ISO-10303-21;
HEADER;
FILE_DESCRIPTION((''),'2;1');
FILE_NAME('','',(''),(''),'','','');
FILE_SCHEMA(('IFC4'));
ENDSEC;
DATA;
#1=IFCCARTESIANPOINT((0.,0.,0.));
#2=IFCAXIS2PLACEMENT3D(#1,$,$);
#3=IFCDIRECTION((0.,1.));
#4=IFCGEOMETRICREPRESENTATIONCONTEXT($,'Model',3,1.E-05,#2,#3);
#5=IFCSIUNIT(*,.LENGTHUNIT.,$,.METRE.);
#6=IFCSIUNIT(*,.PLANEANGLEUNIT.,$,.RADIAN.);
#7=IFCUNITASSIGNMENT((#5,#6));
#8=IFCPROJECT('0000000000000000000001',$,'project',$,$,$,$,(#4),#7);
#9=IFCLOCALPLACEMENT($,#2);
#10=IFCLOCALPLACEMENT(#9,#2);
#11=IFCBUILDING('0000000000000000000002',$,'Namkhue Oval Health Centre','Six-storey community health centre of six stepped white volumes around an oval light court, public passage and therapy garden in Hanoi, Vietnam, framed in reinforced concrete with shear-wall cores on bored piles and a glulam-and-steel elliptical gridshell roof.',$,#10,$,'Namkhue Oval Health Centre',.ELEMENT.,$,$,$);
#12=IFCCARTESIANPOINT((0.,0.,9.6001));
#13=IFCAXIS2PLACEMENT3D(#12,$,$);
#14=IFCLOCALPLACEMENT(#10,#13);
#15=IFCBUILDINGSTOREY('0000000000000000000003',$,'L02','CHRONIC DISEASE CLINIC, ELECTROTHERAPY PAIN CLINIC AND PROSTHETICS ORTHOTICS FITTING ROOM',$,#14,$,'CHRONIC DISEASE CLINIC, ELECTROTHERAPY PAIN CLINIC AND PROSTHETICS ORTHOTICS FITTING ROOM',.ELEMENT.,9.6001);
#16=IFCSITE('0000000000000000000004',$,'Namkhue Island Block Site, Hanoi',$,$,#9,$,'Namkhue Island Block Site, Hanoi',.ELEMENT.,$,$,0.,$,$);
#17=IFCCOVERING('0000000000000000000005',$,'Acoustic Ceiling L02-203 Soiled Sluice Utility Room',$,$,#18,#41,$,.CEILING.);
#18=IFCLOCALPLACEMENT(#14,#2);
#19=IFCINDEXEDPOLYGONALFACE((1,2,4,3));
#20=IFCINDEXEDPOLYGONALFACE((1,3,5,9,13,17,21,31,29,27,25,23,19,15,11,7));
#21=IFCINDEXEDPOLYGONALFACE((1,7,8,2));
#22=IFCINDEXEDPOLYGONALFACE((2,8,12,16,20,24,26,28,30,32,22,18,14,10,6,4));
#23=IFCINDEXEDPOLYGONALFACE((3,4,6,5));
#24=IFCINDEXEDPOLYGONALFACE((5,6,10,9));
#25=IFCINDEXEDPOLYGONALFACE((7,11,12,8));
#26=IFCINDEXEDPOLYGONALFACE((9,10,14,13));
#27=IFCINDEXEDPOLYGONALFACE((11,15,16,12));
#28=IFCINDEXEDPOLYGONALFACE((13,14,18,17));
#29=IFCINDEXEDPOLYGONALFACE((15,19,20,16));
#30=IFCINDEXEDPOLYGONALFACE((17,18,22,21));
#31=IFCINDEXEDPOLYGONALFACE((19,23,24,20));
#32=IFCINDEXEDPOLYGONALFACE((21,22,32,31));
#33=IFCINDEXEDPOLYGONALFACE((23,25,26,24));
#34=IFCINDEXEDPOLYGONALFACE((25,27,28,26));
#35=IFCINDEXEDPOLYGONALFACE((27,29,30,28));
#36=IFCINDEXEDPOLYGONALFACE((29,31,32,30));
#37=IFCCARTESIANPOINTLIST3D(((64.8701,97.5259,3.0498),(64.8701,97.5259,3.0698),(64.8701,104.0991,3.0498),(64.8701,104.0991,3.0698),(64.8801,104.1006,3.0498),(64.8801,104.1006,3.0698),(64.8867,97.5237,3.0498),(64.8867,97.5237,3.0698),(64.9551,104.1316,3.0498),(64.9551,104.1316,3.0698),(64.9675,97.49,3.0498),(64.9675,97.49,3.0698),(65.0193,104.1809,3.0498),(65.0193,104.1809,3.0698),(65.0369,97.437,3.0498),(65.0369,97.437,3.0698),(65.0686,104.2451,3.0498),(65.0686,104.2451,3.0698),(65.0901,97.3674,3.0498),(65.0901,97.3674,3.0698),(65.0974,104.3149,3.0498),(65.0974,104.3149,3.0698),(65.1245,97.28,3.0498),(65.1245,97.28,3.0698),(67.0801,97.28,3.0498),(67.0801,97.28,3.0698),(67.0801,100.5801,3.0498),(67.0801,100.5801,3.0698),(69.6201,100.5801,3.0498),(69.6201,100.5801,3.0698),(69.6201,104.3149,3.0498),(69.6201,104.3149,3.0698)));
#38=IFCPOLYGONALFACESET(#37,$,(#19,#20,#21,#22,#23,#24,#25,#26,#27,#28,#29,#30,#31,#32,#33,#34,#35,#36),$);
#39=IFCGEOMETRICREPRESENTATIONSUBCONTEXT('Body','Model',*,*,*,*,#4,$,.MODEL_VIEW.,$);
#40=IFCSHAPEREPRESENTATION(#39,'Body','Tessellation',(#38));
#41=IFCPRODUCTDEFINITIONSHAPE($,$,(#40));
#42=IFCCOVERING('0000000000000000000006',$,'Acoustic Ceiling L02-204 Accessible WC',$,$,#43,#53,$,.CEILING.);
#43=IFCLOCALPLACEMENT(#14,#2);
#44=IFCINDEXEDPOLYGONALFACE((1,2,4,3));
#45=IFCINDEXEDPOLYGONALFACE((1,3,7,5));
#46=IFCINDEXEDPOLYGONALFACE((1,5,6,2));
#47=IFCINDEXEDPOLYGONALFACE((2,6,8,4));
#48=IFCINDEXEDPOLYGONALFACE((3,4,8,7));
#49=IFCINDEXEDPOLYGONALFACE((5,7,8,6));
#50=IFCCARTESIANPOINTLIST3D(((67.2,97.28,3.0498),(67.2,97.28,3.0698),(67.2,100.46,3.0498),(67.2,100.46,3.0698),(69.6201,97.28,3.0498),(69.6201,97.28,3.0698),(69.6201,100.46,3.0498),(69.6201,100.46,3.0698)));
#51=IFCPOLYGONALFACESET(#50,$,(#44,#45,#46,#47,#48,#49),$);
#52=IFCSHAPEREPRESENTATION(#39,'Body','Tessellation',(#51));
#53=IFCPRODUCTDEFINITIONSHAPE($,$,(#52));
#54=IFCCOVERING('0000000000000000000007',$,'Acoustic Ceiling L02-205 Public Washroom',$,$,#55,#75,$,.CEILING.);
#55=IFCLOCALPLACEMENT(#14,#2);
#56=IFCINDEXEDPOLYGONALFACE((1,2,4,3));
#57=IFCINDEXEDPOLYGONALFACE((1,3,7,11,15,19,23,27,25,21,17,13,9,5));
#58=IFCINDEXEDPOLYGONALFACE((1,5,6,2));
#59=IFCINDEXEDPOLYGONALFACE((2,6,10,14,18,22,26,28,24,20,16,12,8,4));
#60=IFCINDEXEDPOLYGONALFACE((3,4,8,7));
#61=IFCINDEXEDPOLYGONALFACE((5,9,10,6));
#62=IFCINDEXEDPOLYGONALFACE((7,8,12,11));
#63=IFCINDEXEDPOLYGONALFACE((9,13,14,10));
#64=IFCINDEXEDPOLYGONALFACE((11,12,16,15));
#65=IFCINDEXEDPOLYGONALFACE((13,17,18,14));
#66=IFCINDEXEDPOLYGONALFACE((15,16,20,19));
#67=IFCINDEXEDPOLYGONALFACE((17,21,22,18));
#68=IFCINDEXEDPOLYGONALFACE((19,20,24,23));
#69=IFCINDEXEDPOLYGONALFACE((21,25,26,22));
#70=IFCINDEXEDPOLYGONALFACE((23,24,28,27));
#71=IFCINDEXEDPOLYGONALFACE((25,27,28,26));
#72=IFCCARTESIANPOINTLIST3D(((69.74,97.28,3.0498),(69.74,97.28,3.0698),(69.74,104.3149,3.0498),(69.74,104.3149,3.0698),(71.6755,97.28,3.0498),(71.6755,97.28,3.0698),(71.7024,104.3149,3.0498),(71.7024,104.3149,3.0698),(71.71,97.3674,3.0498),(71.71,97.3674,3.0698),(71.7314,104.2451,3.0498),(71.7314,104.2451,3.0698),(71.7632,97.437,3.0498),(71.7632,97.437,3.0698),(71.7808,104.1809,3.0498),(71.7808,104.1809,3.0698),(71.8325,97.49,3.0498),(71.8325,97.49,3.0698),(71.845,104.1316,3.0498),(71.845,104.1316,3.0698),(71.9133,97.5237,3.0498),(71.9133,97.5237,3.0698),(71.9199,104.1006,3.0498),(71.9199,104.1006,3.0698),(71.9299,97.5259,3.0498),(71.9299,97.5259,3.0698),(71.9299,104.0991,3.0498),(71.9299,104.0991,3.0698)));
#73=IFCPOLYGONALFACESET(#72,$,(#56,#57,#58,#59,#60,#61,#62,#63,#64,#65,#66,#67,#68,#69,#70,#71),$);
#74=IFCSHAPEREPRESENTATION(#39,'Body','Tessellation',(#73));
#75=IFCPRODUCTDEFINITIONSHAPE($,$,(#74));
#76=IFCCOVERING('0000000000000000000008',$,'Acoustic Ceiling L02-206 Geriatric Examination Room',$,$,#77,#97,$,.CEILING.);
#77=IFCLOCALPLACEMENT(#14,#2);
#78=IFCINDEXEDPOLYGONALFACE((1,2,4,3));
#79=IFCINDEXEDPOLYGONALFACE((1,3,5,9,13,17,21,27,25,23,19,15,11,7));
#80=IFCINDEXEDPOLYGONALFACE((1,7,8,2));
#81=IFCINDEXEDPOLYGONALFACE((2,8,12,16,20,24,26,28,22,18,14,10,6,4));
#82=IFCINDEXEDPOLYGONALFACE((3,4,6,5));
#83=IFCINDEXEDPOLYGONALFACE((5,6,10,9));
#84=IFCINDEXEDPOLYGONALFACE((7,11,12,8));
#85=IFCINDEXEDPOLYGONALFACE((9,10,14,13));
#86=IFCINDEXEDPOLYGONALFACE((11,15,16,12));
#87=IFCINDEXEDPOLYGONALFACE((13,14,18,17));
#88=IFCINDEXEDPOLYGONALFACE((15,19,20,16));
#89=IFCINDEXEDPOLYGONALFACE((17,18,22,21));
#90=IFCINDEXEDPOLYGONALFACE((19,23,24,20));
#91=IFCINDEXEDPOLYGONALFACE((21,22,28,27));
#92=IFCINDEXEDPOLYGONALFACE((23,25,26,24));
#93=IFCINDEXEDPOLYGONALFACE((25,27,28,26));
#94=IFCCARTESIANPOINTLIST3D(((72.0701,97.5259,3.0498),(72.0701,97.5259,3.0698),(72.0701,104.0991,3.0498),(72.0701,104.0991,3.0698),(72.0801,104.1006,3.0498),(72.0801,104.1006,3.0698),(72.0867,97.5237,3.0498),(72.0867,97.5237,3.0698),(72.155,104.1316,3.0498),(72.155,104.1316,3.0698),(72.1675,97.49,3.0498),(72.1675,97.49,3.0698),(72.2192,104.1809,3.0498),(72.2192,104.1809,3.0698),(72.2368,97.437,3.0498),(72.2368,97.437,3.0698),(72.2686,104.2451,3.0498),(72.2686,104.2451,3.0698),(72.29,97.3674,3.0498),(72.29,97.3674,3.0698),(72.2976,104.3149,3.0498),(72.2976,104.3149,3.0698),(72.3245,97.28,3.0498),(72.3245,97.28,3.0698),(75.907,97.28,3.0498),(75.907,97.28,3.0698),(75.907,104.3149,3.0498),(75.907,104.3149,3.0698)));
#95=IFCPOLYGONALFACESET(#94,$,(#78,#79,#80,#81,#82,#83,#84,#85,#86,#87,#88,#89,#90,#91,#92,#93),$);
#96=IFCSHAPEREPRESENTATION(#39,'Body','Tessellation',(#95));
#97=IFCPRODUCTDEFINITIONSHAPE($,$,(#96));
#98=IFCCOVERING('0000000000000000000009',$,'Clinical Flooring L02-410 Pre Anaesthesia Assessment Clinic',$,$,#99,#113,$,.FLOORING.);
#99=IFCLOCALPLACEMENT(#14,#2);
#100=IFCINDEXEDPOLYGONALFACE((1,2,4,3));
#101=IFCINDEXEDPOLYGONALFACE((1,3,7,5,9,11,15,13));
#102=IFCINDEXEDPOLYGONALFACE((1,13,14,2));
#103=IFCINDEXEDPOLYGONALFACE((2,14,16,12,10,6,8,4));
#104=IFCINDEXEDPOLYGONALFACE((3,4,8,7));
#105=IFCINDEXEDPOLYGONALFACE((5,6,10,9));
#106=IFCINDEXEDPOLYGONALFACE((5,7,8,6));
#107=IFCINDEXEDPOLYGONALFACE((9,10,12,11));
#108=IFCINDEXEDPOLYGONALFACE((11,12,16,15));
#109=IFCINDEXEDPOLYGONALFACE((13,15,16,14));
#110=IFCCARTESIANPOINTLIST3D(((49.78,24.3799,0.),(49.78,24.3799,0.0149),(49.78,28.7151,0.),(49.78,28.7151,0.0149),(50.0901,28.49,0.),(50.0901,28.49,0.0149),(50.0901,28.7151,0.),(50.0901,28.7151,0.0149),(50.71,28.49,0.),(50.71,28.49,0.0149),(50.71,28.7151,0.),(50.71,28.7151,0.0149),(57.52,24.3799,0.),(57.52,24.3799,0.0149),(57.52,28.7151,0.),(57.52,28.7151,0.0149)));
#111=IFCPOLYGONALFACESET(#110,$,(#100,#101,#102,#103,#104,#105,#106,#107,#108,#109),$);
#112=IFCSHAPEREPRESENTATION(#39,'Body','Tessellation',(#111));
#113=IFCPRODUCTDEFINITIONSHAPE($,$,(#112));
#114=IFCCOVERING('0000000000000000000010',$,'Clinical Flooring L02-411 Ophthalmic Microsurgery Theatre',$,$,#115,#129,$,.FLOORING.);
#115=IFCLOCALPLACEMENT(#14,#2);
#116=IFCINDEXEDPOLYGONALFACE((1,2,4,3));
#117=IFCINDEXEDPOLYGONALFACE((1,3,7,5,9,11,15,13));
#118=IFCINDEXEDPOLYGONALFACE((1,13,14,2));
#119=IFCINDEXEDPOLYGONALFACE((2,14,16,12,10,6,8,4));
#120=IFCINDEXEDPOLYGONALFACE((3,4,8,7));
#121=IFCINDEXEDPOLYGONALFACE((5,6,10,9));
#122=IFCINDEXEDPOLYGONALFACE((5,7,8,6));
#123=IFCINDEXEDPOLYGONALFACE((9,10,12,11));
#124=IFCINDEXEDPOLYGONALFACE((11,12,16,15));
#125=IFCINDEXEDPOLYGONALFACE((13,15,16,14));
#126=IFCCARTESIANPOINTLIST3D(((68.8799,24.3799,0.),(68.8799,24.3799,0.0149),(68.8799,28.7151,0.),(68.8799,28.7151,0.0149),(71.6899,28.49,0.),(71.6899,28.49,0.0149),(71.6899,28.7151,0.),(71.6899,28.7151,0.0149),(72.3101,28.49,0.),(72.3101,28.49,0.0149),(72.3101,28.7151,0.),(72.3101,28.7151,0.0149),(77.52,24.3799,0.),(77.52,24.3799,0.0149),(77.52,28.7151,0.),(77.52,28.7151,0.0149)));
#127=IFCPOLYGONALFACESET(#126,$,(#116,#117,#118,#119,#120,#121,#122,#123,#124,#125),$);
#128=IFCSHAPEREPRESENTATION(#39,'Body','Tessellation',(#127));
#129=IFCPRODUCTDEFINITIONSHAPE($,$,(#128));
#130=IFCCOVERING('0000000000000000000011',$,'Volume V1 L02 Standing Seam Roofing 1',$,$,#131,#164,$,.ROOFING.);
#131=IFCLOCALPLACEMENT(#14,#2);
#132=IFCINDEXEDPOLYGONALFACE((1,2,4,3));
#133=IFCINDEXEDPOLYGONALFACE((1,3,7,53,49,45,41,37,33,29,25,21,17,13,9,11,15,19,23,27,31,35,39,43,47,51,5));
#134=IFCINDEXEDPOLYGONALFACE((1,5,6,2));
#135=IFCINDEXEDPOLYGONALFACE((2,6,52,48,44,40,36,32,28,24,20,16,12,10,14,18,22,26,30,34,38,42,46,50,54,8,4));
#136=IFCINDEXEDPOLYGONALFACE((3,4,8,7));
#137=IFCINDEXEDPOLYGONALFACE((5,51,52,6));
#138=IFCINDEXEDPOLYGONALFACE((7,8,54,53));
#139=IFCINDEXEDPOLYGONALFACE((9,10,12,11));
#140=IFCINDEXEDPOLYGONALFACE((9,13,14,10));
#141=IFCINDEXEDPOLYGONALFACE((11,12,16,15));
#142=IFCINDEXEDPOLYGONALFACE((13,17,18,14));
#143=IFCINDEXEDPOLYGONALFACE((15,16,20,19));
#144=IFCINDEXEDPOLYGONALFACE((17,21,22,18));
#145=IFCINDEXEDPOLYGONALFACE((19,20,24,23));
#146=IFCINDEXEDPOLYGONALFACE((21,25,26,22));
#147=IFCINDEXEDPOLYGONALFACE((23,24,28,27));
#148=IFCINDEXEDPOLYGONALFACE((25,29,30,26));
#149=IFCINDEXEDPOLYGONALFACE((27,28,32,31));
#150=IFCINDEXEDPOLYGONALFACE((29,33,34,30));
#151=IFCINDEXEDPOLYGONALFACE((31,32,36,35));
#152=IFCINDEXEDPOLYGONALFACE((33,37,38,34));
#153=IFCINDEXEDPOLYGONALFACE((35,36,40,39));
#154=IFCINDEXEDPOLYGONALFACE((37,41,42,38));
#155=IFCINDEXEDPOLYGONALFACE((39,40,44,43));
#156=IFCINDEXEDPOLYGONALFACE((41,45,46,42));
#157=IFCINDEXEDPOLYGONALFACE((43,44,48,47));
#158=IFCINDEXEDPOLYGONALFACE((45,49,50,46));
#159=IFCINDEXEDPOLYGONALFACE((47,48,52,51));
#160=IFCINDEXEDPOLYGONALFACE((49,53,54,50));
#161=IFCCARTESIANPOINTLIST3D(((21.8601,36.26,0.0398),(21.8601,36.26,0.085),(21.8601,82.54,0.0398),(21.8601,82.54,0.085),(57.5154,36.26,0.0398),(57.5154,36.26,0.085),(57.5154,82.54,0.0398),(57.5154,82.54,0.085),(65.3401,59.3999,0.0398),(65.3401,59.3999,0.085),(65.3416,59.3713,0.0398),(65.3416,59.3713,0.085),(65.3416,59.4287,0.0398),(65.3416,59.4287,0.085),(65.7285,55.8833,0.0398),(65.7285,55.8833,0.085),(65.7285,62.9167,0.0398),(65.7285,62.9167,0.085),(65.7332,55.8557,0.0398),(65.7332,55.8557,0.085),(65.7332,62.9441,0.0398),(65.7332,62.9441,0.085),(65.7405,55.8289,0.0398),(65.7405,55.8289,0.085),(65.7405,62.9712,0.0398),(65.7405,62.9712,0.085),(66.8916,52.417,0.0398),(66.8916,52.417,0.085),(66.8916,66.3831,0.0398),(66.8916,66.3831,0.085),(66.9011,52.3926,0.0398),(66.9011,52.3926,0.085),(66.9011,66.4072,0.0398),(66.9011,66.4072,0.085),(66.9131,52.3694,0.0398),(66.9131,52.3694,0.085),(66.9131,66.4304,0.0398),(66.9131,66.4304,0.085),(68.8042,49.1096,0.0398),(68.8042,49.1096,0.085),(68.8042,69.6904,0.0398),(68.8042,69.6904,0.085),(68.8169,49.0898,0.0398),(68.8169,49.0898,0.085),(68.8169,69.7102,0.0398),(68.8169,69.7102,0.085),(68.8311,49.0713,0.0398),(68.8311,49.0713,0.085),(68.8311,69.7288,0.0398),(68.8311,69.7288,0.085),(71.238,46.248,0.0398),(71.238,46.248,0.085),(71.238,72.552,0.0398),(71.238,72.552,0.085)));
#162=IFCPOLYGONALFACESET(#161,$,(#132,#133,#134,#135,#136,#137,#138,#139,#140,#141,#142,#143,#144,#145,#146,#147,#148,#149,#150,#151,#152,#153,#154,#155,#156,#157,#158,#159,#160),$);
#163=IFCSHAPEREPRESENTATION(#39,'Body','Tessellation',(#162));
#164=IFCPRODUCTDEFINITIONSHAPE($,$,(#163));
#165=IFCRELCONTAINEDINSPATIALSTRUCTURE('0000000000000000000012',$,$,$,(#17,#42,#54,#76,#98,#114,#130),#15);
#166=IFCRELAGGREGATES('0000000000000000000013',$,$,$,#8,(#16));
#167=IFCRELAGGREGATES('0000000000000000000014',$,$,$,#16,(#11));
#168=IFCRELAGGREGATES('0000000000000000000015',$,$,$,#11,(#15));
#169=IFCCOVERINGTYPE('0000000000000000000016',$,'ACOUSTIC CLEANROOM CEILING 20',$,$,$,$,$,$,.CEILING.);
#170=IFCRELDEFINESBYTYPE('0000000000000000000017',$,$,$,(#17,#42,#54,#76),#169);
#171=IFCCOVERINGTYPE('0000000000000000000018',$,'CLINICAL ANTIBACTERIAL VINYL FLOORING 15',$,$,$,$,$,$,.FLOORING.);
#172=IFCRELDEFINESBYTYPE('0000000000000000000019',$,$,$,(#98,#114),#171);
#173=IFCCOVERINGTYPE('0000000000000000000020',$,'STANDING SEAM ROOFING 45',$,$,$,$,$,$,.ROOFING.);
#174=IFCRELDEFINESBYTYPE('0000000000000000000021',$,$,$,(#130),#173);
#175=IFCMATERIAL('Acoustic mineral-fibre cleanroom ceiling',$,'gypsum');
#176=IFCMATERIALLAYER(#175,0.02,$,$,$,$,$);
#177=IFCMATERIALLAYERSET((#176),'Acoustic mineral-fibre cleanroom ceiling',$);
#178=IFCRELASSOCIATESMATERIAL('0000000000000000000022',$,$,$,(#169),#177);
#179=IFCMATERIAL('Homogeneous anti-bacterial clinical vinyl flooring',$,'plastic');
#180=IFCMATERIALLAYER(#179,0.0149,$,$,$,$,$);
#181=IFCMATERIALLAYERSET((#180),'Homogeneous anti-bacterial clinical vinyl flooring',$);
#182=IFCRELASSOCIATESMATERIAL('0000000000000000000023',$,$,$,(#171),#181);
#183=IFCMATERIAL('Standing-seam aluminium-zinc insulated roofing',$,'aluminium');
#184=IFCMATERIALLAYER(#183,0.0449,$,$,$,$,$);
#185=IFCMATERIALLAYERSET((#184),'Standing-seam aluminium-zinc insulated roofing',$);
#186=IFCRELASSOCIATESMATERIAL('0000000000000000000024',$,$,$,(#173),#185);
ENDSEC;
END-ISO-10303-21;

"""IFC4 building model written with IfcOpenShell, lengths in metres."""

from ifc_helpers import new_model, si_unit, direction, frame, origin, place, context, subcontext, project, spatial, polyline, outline, extrude, material, layer, layer_set, type_object, element, save


model = new_model("IFC4")

# Units and contexts
model_context = context("Model", 3, precision=1e-05, world=origin(), true_north=direction((0.0, 1.0)))
body_context = subcontext(model_context, "Body", "Model", "MODEL_VIEW")
ifc_project = project(units=[si_unit("LENGTHUNIT", "METRE"), si_unit("PLANEANGLEUNIT", "RADIAN")], contexts=[model_context])

# Site, building, storey
site_placement = place(None, origin())
site = spatial("IfcSite", under=ifc_project, at=site_placement, Name="Namkhue Island Block Site, Hanoi", LongName="Namkhue Island Block Site, Hanoi", CompositionType="ELEMENT", RefElevation=0.0)
building_placement = place(site_placement, origin())
building = spatial("IfcBuilding", under=site, at=building_placement, Name="Namkhue Oval Health Centre", Description="Six-storey community health centre of six stepped white volumes around an oval light court, public passage and therapy garden in Hanoi, Vietnam, framed in reinforced concrete with shear-wall cores on bored piles and a glulam-and-steel elliptical gridshell roof.", LongName="Namkhue Oval Health Centre", CompositionType="ELEMENT")
storey_placement = place(building_placement, frame((0.0, 0.0, 9.6001)))
storey = spatial("IfcBuildingStorey", under=building, at=storey_placement, Name="L02", Description="CHRONIC DISEASE CLINIC, ELECTROTHERAPY PAIN CLINIC AND PROSTHETICS ORTHOTICS FITTING ROOM", LongName="CHRONIC DISEASE CLINIC, ELECTROTHERAPY PAIN CLINIC AND PROSTHETICS ORTHOTICS FITTING ROOM", CompositionType="ELEMENT", Elevation=9.6001)

# Coverings
ifc_material_1 = material(Name="Acoustic mineral-fibre cleanroom ceiling", Category="gypsum")
ifc_layer_1 = layer(ifc_material_1, 0.02)
ifc_layer_set_1 = layer_set([ifc_layer_1], Name="Acoustic mineral-fibre cleanroom ceiling")
covering_type_1 = type_object("IfcCoveringType", Name="ACOUSTIC CLEANROOM CEILING 20", PredefinedType="CEILING", material=ifc_layer_set_1)
covering_1_placement = place(storey_placement, frame((0.0, 0.0, 3.0498)))
element("IfcCovering", 1, at=covering_1_placement, inside=storey, type_object=covering_type_1, Name="Acoustic Ceiling L02-203 Soiled Sluice Utility Room", PredefinedType="CEILING", context=body_context, shape_type="SweptSolid", body=[
    extrude(outline(polyline([(69.6201, 104.3149), (69.6201, 100.5801), (67.0801, 100.5801), (67.0801, 97.28), (65.1245, 97.28), (65.0901, 97.3674), (65.0369, 97.437), (64.9675, 97.49), (64.8867, 97.5237), (64.8701, 97.5259), (64.8701, 104.0991), (64.8801, 104.1006), (64.9551, 104.1316), (65.0193, 104.1809), (65.0686, 104.2451), (65.0974, 104.3149), (69.6201, 104.3149)])), origin(), (0.0, 0.0, 1.0), 0.02),
])
covering_2_placement = place(storey_placement, frame((0.0, 0.0, 3.0498)))
element("IfcCovering", 2, at=covering_2_placement, inside=storey, type_object=covering_type_1, Name="Acoustic Ceiling L02-204 Accessible WC", PredefinedType="CEILING", context=body_context, shape_type="SweptSolid", body=[
    extrude(outline(polyline([(69.6201, 100.46), (69.6201, 97.28), (67.2, 97.28), (67.2, 100.46), (69.6201, 100.46)])), origin(), (0.0, 0.0, 1.0), 0.02),
])
covering_3_placement = place(storey_placement, frame((0.0, 0.0, 3.0498)))
element("IfcCovering", 3, at=covering_3_placement, inside=storey, type_object=covering_type_1, Name="Acoustic Ceiling L02-205 Public Washroom", PredefinedType="CEILING", context=body_context, shape_type="SweptSolid", body=[
    extrude(outline(polyline([(69.74, 97.28), (69.74, 104.3149), (71.7024, 104.3149), (71.7314, 104.2451), (71.7808, 104.1809), (71.845, 104.1316), (71.9199, 104.1006), (71.9299, 104.0991), (71.9299, 97.5259), (71.9133, 97.5237), (71.8325, 97.49), (71.7632, 97.437), (71.71, 97.3674), (71.6755, 97.28), (69.74, 97.28)])), origin(), (0.0, 0.0, 1.0), 0.02),
])
covering_4_placement = place(storey_placement, frame((0.0, 0.0, 3.0498)))
element("IfcCovering", 4, at=covering_4_placement, inside=storey, type_object=covering_type_1, Name="Acoustic Ceiling L02-206 Geriatric Examination Room", PredefinedType="CEILING", context=body_context, shape_type="SweptSolid", body=[
    extrude(outline(polyline([(72.3245, 97.28), (72.29, 97.3674), (72.2368, 97.437), (72.1675, 97.49), (72.0867, 97.5237), (72.0701, 97.5259), (72.0701, 104.0991), (72.0801, 104.1006), (72.155, 104.1316), (72.2192, 104.1809), (72.2686, 104.2451), (72.2976, 104.3149), (75.907, 104.3149), (75.907, 97.28), (72.3245, 97.28)])), origin(), (0.0, 0.0, 1.0), 0.02),
])
ifc_material_2 = material(Name="Homogeneous anti-bacterial clinical vinyl flooring", Category="plastic")
ifc_layer_2 = layer(ifc_material_2, 0.0149)
ifc_layer_set_2 = layer_set([ifc_layer_2], Name="Homogeneous anti-bacterial clinical vinyl flooring")
covering_type_2 = type_object("IfcCoveringType", Name="CLINICAL ANTIBACTERIAL VINYL FLOORING 15", PredefinedType="FLOORING", material=ifc_layer_set_2)
covering_5_placement = place(storey_placement, origin())
element("IfcCovering", 5, at=covering_5_placement, inside=storey, type_object=covering_type_2, Name="Clinical Flooring L02-410 Pre Anaesthesia Assessment Clinic", PredefinedType="FLOORING", context=body_context, shape_type="SweptSolid", body=[
    extrude(outline(polyline([(49.78, 24.3799), (49.78, 28.7151), (50.0901, 28.7151), (50.0901, 28.49), (50.71, 28.49), (50.71, 28.7151), (57.52, 28.7151), (57.52, 24.3799), (49.78, 24.3799)])), origin(), (0.0, 0.0, 1.0), 0.0149),
])
covering_6_placement = place(storey_placement, origin())
element("IfcCovering", 6, at=covering_6_placement, inside=storey, type_object=covering_type_2, Name="Clinical Flooring L02-411 Ophthalmic Microsurgery Theatre", PredefinedType="FLOORING", context=body_context, shape_type="SweptSolid", body=[
    extrude(outline(polyline([(68.8799, 24.3799), (68.8799, 28.7151), (71.6899, 28.7151), (71.6899, 28.49), (72.3101, 28.49), (72.3101, 28.7151), (77.52, 28.7151), (77.52, 24.3799), (68.8799, 24.3799)])), origin(), (0.0, 0.0, 1.0), 0.0149),
])
ifc_material_3 = material(Name="Standing-seam aluminium-zinc insulated roofing", Category="aluminium")
ifc_layer_3 = layer(ifc_material_3, 0.0449)
ifc_layer_set_3 = layer_set([ifc_layer_3], Name="Standing-seam aluminium-zinc insulated roofing")
covering_type_3 = type_object("IfcCoveringType", Name="STANDING SEAM ROOFING 45", PredefinedType="ROOFING", material=ifc_layer_set_3)
covering_7_placement = place(storey_placement, frame((0.0, 0.0, 0.0398)))
element("IfcCovering", 7, at=covering_7_placement, inside=storey, type_object=covering_type_3, Name="Volume V1 L02 Standing Seam Roofing 1", PredefinedType="ROOFING", context=body_context, shape_type="SweptSolid", body=[
    extrude(outline(polyline([(21.8601, 36.26), (21.8601, 82.54), (57.5154, 82.54), (71.238, 72.552), (68.8311, 69.7288), (68.8169, 69.7102), (68.8042, 69.6904), (66.9131, 66.4304), (66.9011, 66.4072), (66.8916, 66.3831), (65.7405, 62.9712), (65.7332, 62.9441), (65.7285, 62.9167), (65.3416, 59.4287), (65.3401, 59.3999), (65.3416, 59.3713), (65.7285, 55.8833), (65.7332, 55.8557), (65.7405, 55.8289), (66.8916, 52.417), (66.9011, 52.3926), (66.9131, 52.3694), (68.8042, 49.1096), (68.8169, 49.0898), (68.8311, 49.0713), (71.238, 46.248), (57.5154, 36.26), (21.8601, 36.26)])), origin(), (0.0, 0.0, 1.0), 0.0452),
])

save(model, "model.ifc")
